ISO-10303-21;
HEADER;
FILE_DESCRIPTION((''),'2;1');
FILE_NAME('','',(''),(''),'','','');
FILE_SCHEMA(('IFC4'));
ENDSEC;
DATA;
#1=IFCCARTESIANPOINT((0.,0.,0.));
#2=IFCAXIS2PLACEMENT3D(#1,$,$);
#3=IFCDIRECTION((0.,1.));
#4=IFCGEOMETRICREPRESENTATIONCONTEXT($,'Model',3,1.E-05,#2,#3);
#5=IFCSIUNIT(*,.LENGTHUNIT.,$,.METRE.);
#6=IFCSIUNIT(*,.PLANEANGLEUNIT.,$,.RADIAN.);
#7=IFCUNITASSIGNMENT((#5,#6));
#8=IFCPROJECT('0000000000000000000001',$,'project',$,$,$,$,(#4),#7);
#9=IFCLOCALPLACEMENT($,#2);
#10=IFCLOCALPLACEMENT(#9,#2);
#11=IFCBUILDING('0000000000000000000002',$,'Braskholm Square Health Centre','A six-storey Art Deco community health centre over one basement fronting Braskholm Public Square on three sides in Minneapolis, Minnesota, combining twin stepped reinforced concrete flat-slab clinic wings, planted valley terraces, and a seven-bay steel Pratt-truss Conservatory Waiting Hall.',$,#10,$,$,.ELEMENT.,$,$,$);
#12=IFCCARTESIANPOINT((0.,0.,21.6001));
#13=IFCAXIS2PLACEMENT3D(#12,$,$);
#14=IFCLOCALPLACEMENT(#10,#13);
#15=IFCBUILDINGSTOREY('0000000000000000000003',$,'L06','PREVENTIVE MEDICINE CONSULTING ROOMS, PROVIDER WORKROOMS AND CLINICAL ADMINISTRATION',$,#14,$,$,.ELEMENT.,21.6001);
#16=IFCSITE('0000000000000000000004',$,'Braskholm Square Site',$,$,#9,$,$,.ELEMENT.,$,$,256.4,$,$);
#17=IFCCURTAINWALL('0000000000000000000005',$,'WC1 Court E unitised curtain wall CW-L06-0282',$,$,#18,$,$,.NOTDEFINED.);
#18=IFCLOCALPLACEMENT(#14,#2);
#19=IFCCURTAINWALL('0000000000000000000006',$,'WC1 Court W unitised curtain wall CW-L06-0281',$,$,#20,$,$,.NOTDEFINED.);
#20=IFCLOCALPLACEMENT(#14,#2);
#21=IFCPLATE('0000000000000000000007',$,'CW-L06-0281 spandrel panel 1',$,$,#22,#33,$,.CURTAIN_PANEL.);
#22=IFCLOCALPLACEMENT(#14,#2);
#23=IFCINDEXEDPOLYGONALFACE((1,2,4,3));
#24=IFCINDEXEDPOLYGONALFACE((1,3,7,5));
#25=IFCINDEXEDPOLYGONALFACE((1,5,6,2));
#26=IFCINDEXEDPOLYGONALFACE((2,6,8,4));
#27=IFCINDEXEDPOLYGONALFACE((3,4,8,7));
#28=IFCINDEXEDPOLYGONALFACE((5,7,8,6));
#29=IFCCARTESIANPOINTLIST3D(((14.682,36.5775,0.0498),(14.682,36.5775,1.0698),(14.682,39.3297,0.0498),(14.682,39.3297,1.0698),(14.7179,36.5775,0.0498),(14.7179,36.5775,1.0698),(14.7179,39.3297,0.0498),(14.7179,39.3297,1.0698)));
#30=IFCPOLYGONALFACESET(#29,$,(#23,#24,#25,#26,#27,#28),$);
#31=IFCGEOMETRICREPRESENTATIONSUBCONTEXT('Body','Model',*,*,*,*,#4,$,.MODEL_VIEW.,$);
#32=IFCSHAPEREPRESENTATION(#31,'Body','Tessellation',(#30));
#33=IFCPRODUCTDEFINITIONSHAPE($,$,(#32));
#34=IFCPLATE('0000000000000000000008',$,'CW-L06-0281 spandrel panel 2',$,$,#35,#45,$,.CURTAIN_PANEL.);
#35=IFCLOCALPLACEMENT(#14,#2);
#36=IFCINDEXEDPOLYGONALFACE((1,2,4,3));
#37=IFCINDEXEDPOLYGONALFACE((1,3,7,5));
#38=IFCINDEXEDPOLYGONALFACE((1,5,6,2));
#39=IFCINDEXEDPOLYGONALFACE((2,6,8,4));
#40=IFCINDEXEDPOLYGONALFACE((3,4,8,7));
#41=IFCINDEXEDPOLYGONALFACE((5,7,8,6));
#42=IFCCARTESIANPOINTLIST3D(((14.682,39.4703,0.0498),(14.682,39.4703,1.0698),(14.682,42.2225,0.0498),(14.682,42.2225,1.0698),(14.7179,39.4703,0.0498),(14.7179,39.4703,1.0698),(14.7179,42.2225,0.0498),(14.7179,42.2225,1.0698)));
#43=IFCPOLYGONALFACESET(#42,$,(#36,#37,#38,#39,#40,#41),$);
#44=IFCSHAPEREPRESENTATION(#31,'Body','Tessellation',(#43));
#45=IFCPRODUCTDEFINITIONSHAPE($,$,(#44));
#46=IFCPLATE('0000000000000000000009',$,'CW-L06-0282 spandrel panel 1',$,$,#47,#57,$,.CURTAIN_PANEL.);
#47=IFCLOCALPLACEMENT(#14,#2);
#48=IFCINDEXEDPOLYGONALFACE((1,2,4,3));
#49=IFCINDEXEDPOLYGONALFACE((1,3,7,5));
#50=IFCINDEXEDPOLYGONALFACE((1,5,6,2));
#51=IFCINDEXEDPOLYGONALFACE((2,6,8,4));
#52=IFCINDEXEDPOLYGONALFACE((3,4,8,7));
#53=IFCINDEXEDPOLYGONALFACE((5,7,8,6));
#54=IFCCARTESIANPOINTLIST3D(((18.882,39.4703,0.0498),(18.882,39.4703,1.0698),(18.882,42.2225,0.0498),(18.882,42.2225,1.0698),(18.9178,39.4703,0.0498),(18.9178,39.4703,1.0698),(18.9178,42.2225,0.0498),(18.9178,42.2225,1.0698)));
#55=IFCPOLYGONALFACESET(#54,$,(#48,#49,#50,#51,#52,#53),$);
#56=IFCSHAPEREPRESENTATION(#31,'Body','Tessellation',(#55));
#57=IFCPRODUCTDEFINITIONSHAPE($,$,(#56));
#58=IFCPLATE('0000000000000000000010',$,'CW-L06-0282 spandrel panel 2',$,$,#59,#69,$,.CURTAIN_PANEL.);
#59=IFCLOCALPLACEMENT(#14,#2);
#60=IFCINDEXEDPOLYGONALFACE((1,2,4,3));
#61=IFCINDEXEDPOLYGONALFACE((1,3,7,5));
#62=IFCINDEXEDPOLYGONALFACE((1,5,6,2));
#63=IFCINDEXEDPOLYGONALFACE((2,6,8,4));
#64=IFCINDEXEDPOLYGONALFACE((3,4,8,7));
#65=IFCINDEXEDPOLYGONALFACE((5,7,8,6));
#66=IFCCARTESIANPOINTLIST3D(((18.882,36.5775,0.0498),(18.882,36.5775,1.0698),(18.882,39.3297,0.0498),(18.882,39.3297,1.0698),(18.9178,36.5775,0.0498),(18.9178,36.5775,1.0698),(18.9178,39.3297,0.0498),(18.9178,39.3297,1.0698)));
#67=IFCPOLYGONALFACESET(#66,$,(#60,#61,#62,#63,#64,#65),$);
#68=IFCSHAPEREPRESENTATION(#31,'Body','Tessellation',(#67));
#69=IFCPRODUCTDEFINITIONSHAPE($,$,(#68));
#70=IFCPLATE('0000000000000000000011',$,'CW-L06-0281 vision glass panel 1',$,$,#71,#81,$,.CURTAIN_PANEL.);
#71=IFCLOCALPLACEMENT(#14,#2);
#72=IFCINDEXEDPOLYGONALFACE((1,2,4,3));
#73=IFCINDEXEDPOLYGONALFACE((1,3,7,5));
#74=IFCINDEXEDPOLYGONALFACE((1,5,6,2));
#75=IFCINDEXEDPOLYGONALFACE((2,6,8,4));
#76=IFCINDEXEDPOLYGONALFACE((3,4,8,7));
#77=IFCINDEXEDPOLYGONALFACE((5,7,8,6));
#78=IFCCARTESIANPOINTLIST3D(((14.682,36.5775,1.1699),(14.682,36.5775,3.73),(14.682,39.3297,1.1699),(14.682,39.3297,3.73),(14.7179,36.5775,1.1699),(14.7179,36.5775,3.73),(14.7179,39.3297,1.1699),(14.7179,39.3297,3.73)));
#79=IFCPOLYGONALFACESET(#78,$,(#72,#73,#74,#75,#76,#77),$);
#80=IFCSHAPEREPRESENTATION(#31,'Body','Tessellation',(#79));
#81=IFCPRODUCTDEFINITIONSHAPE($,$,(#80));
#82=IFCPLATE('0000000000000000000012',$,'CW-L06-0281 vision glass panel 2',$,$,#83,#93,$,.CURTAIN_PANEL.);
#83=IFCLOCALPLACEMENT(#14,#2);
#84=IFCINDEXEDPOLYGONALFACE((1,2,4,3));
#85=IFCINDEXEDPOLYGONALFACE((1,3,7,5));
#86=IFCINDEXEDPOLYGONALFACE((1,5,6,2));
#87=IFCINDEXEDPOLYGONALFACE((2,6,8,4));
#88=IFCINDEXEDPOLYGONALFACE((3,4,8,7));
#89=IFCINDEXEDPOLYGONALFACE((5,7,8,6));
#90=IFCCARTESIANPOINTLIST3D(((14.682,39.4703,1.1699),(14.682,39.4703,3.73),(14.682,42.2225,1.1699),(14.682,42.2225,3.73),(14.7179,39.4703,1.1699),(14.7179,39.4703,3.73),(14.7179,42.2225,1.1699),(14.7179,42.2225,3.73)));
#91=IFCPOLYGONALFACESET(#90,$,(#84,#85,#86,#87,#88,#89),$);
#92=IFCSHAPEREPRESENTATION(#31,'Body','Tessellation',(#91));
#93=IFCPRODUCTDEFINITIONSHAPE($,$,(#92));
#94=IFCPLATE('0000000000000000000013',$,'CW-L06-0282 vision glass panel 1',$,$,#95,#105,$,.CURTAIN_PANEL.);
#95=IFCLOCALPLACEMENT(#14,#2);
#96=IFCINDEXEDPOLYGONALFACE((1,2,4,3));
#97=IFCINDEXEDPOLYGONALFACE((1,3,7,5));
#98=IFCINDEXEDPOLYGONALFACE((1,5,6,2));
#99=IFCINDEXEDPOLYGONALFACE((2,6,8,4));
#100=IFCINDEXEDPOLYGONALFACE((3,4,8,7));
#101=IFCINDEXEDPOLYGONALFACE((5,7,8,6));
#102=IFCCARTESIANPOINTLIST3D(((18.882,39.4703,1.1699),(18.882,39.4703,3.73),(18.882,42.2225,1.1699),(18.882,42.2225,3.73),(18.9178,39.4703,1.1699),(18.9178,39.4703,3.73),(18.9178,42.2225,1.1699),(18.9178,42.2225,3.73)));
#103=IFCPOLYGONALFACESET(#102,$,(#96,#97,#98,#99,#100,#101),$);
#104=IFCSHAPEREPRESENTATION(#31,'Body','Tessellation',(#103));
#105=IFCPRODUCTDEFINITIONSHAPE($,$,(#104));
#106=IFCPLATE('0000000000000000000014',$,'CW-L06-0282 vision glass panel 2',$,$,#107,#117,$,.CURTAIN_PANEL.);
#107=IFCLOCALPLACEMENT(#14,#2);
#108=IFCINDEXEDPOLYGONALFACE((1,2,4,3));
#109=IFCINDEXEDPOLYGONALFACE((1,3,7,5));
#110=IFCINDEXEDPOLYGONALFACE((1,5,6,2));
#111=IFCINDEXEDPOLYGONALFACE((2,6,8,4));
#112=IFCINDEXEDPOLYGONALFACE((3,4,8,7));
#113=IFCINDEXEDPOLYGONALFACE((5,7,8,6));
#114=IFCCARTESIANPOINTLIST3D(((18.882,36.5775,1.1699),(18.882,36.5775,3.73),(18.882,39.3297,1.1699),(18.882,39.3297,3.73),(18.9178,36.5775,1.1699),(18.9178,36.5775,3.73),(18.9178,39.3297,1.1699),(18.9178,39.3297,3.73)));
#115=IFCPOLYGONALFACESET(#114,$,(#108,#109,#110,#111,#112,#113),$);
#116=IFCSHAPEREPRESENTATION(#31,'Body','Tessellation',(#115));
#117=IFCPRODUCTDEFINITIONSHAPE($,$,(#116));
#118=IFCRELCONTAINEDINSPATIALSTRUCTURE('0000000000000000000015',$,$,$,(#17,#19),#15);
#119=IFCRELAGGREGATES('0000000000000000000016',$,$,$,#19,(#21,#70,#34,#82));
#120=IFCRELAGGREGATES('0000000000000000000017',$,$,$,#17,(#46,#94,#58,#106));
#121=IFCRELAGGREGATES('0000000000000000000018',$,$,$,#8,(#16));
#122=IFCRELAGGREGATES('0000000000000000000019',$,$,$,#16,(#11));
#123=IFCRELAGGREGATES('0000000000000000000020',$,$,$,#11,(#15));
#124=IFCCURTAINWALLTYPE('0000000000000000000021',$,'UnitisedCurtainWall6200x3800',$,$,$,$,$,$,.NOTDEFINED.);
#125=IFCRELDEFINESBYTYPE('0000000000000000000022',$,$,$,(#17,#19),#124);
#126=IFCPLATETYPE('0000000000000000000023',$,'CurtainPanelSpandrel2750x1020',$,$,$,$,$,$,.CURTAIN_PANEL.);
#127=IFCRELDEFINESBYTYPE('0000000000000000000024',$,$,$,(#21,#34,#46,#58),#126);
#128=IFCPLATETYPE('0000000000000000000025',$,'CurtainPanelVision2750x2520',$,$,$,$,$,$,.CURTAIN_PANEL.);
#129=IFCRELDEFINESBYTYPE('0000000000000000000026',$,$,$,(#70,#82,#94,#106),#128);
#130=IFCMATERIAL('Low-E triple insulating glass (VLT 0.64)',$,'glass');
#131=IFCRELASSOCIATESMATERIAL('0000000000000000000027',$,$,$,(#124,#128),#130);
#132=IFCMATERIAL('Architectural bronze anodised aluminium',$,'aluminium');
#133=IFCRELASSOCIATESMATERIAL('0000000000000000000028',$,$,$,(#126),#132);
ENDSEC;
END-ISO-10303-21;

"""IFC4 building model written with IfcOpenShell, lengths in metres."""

from ifc_helpers import new_model, si_unit, direction, frame, origin, origin_2d, place, context, subcontext, project, spatial, rectangle, extrude, material, type_object, element, aggregate, save


model = new_model("IFC4")

# Units and contexts
model_context = context("Model", 3, precision=1e-05, world=origin(), true_north=direction((0.0, 1.0)))
body_context = subcontext(model_context, "Body", "Model", "MODEL_VIEW")
ifc_project = project(units=[si_unit("LENGTHUNIT", "METRE"), si_unit("PLANEANGLEUNIT", "RADIAN")], contexts=[model_context])

# Site, building, storey
site_placement = place(None, origin())
site = spatial("IfcSite", under=ifc_project, at=site_placement, Name="Braskholm Square Site", CompositionType="ELEMENT", RefElevation=256.4)
building_placement = place(site_placement, origin())
building = spatial("IfcBuilding", under=site, at=building_placement, Name="Braskholm Square Health Centre", Description="A six-storey Art Deco community health centre over one basement fronting Braskholm Public Square on three sides in Minneapolis, Minnesota, combining twin stepped reinforced concrete flat-slab clinic wings, planted valley terraces, and a seven-bay steel Pratt-truss Conservatory Waiting Hall.", CompositionType="ELEMENT")
storey_placement = place(building_placement, frame((0.0, 0.0, 21.6001)))
storey = spatial("IfcBuildingStorey", under=building, at=storey_placement, Name="L06", Description="PREVENTIVE MEDICINE CONSULTING ROOMS, PROVIDER WORKROOMS AND CLINICAL ADMINISTRATION", CompositionType="ELEMENT", Elevation=21.6001)

# Curtain wall
ifc_material_1 = material(Name="Low-E triple insulating glass (VLT 0.64)", Category="glass")
curtain_wall_type_1 = type_object("IfcCurtainWallType", Name="UnitisedCurtainWall6200x3800", PredefinedType="NOTDEFINED", material=ifc_material_1)
curtain_wall_1_placement = place(storey_placement, origin())
curtain_wall_1 = element("IfcCurtainWall", 1, at=curtain_wall_1_placement, inside=storey, type_object=curtain_wall_type_1, Name="WC1 Court E unitised curtain wall CW-L06-0282", PredefinedType="NOTDEFINED")
ifc_material_2 = material(Name="Architectural bronze anodised aluminium", Category="aluminium")

# Curtain wall
curtain_wall_2_placement = place(storey_placement, origin())
curtain_wall_2 = element("IfcCurtainWall", 2, at=curtain_wall_2_placement, inside=storey, type_object=curtain_wall_type_1, Name="WC1 Court W unitised curtain wall CW-L06-0281", PredefinedType="NOTDEFINED")

# Plates
plate_type_1 = type_object("IfcPlateType", Name="CurtainPanelSpandrel2750x1020", PredefinedType="CURTAIN_PANEL", material=ifc_material_2)
plate_1_placement = place(storey_placement, frame((14.7, 37.9536, 0.0498), z_axis=(0.0, 0.0, 1.0), x_axis=(0.0, 1.0, 0.0)))
plate_1 = element("IfcPlate", 3, at=plate_1_placement, type_object=plate_type_1, Name="CW-L06-0281 spandrel panel 1", PredefinedType="CURTAIN_PANEL", context=body_context, shape_type="SweptSolid", body=[
    extrude(rectangle(XDim=2.7522, YDim=0.0359, at=origin_2d()), origin(), (0.0, 0.0, 1.0), 1.02),
])
plate_2_placement = place(storey_placement, frame((14.7, 40.8464, 0.0498), z_axis=(0.0, 0.0, 1.0), x_axis=(0.0, 1.0, 0.0)))
plate_2 = element("IfcPlate", 4, at=plate_2_placement, type_object=plate_type_1, Name="CW-L06-0281 spandrel panel 2", PredefinedType="CURTAIN_PANEL", context=body_context, shape_type="SweptSolid", body=[
    extrude(rectangle(XDim=2.7522, YDim=0.0359, at=origin_2d()), origin(), (0.0, 0.0, 1.0), 1.02),
])
plate_3_placement = place(storey_placement, frame((18.8999, 40.8464, 0.0498), z_axis=(0.0, 0.0, 1.0), x_axis=(0.0, -1.0, 0.0)))
plate_3 = element("IfcPlate", 5, at=plate_3_placement, type_object=plate_type_1, Name="CW-L06-0282 spandrel panel 1", PredefinedType="CURTAIN_PANEL", context=body_context, shape_type="SweptSolid", body=[
    extrude(rectangle(XDim=2.7522, YDim=0.0359, at=origin_2d()), origin(), (0.0, 0.0, 1.0), 1.02),
])
plate_4_placement = place(storey_placement, frame((18.8999, 37.9536, 0.0498), z_axis=(0.0, 0.0, 1.0), x_axis=(0.0, -1.0, 0.0)))
plate_4 = element("IfcPlate", 6, at=plate_4_placement, type_object=plate_type_1, Name="CW-L06-0282 spandrel panel 2", PredefinedType="CURTAIN_PANEL", context=body_context, shape_type="SweptSolid", body=[
    extrude(rectangle(XDim=2.7522, YDim=0.0359, at=origin_2d()), origin(), (0.0, 0.0, 1.0), 1.02),
])
plate_type_2 = type_object("IfcPlateType", Name="CurtainPanelVision2750x2520", PredefinedType="CURTAIN_PANEL", material=ifc_material_1)
plate_5_placement = place(storey_placement, frame((14.7, 37.9536, 1.1699), z_axis=(0.0, 0.0, 1.0), x_axis=(0.0, 1.0, 0.0)))
plate_5 = element("IfcPlate", 7, at=plate_5_placement, type_object=plate_type_2, Name="CW-L06-0281 vision glass panel 1", PredefinedType="CURTAIN_PANEL", context=body_context, shape_type="SweptSolid", body=[
    extrude(rectangle(XDim=2.7522, YDim=0.0359, at=origin_2d()), origin(), (0.0, 0.0, 1.0), 2.5601),
])
plate_6_placement = place(storey_placement, frame((14.7, 40.8464, 1.1699), z_axis=(0.0, 0.0, 1.0), x_axis=(0.0, 1.0, 0.0)))
plate_6 = element("IfcPlate", 8, at=plate_6_placement, type_object=plate_type_2, Name="CW-L06-0281 vision glass panel 2", PredefinedType="CURTAIN_PANEL", context=body_context, shape_type="SweptSolid", body=[
    extrude(rectangle(XDim=2.7522, YDim=0.0359, at=origin_2d()), origin(), (0.0, 0.0, 1.0), 2.5601),
])
aggregate(curtain_wall_2, [plate_1, plate_5, plate_2, plate_6])
plate_7_placement = place(storey_placement, frame((18.8999, 40.8464, 1.1699), z_axis=(0.0, 0.0, 1.0), x_axis=(0.0, -1.0, 0.0)))
plate_7 = element("IfcPlate", 9, at=plate_7_placement, type_object=plate_type_2, Name="CW-L06-0282 vision glass panel 1", PredefinedType="CURTAIN_PANEL", context=body_context, shape_type="SweptSolid", body=[
    extrude(rectangle(XDim=2.7522, YDim=0.0359, at=origin_2d()), origin(), (0.0, 0.0, 1.0), 2.5601),
])
plate_8_placement = place(storey_placement, frame((18.8999, 37.9536, 1.1699), z_axis=(0.0, 0.0, 1.0), x_axis=(0.0, -1.0, 0.0)))
plate_8 = element("IfcPlate", 10, at=plate_8_placement, type_object=plate_type_2, Name="CW-L06-0282 vision glass panel 2", PredefinedType="CURTAIN_PANEL", context=body_context, shape_type="SweptSolid", body=[
    extrude(rectangle(XDim=2.7522, YDim=0.0359, at=origin_2d()), origin(), (0.0, 0.0, 1.0), 2.5601),
])
aggregate(curtain_wall_1, [plate_3, plate_7, plate_4, plate_8])

save(model, "model.ifc")
